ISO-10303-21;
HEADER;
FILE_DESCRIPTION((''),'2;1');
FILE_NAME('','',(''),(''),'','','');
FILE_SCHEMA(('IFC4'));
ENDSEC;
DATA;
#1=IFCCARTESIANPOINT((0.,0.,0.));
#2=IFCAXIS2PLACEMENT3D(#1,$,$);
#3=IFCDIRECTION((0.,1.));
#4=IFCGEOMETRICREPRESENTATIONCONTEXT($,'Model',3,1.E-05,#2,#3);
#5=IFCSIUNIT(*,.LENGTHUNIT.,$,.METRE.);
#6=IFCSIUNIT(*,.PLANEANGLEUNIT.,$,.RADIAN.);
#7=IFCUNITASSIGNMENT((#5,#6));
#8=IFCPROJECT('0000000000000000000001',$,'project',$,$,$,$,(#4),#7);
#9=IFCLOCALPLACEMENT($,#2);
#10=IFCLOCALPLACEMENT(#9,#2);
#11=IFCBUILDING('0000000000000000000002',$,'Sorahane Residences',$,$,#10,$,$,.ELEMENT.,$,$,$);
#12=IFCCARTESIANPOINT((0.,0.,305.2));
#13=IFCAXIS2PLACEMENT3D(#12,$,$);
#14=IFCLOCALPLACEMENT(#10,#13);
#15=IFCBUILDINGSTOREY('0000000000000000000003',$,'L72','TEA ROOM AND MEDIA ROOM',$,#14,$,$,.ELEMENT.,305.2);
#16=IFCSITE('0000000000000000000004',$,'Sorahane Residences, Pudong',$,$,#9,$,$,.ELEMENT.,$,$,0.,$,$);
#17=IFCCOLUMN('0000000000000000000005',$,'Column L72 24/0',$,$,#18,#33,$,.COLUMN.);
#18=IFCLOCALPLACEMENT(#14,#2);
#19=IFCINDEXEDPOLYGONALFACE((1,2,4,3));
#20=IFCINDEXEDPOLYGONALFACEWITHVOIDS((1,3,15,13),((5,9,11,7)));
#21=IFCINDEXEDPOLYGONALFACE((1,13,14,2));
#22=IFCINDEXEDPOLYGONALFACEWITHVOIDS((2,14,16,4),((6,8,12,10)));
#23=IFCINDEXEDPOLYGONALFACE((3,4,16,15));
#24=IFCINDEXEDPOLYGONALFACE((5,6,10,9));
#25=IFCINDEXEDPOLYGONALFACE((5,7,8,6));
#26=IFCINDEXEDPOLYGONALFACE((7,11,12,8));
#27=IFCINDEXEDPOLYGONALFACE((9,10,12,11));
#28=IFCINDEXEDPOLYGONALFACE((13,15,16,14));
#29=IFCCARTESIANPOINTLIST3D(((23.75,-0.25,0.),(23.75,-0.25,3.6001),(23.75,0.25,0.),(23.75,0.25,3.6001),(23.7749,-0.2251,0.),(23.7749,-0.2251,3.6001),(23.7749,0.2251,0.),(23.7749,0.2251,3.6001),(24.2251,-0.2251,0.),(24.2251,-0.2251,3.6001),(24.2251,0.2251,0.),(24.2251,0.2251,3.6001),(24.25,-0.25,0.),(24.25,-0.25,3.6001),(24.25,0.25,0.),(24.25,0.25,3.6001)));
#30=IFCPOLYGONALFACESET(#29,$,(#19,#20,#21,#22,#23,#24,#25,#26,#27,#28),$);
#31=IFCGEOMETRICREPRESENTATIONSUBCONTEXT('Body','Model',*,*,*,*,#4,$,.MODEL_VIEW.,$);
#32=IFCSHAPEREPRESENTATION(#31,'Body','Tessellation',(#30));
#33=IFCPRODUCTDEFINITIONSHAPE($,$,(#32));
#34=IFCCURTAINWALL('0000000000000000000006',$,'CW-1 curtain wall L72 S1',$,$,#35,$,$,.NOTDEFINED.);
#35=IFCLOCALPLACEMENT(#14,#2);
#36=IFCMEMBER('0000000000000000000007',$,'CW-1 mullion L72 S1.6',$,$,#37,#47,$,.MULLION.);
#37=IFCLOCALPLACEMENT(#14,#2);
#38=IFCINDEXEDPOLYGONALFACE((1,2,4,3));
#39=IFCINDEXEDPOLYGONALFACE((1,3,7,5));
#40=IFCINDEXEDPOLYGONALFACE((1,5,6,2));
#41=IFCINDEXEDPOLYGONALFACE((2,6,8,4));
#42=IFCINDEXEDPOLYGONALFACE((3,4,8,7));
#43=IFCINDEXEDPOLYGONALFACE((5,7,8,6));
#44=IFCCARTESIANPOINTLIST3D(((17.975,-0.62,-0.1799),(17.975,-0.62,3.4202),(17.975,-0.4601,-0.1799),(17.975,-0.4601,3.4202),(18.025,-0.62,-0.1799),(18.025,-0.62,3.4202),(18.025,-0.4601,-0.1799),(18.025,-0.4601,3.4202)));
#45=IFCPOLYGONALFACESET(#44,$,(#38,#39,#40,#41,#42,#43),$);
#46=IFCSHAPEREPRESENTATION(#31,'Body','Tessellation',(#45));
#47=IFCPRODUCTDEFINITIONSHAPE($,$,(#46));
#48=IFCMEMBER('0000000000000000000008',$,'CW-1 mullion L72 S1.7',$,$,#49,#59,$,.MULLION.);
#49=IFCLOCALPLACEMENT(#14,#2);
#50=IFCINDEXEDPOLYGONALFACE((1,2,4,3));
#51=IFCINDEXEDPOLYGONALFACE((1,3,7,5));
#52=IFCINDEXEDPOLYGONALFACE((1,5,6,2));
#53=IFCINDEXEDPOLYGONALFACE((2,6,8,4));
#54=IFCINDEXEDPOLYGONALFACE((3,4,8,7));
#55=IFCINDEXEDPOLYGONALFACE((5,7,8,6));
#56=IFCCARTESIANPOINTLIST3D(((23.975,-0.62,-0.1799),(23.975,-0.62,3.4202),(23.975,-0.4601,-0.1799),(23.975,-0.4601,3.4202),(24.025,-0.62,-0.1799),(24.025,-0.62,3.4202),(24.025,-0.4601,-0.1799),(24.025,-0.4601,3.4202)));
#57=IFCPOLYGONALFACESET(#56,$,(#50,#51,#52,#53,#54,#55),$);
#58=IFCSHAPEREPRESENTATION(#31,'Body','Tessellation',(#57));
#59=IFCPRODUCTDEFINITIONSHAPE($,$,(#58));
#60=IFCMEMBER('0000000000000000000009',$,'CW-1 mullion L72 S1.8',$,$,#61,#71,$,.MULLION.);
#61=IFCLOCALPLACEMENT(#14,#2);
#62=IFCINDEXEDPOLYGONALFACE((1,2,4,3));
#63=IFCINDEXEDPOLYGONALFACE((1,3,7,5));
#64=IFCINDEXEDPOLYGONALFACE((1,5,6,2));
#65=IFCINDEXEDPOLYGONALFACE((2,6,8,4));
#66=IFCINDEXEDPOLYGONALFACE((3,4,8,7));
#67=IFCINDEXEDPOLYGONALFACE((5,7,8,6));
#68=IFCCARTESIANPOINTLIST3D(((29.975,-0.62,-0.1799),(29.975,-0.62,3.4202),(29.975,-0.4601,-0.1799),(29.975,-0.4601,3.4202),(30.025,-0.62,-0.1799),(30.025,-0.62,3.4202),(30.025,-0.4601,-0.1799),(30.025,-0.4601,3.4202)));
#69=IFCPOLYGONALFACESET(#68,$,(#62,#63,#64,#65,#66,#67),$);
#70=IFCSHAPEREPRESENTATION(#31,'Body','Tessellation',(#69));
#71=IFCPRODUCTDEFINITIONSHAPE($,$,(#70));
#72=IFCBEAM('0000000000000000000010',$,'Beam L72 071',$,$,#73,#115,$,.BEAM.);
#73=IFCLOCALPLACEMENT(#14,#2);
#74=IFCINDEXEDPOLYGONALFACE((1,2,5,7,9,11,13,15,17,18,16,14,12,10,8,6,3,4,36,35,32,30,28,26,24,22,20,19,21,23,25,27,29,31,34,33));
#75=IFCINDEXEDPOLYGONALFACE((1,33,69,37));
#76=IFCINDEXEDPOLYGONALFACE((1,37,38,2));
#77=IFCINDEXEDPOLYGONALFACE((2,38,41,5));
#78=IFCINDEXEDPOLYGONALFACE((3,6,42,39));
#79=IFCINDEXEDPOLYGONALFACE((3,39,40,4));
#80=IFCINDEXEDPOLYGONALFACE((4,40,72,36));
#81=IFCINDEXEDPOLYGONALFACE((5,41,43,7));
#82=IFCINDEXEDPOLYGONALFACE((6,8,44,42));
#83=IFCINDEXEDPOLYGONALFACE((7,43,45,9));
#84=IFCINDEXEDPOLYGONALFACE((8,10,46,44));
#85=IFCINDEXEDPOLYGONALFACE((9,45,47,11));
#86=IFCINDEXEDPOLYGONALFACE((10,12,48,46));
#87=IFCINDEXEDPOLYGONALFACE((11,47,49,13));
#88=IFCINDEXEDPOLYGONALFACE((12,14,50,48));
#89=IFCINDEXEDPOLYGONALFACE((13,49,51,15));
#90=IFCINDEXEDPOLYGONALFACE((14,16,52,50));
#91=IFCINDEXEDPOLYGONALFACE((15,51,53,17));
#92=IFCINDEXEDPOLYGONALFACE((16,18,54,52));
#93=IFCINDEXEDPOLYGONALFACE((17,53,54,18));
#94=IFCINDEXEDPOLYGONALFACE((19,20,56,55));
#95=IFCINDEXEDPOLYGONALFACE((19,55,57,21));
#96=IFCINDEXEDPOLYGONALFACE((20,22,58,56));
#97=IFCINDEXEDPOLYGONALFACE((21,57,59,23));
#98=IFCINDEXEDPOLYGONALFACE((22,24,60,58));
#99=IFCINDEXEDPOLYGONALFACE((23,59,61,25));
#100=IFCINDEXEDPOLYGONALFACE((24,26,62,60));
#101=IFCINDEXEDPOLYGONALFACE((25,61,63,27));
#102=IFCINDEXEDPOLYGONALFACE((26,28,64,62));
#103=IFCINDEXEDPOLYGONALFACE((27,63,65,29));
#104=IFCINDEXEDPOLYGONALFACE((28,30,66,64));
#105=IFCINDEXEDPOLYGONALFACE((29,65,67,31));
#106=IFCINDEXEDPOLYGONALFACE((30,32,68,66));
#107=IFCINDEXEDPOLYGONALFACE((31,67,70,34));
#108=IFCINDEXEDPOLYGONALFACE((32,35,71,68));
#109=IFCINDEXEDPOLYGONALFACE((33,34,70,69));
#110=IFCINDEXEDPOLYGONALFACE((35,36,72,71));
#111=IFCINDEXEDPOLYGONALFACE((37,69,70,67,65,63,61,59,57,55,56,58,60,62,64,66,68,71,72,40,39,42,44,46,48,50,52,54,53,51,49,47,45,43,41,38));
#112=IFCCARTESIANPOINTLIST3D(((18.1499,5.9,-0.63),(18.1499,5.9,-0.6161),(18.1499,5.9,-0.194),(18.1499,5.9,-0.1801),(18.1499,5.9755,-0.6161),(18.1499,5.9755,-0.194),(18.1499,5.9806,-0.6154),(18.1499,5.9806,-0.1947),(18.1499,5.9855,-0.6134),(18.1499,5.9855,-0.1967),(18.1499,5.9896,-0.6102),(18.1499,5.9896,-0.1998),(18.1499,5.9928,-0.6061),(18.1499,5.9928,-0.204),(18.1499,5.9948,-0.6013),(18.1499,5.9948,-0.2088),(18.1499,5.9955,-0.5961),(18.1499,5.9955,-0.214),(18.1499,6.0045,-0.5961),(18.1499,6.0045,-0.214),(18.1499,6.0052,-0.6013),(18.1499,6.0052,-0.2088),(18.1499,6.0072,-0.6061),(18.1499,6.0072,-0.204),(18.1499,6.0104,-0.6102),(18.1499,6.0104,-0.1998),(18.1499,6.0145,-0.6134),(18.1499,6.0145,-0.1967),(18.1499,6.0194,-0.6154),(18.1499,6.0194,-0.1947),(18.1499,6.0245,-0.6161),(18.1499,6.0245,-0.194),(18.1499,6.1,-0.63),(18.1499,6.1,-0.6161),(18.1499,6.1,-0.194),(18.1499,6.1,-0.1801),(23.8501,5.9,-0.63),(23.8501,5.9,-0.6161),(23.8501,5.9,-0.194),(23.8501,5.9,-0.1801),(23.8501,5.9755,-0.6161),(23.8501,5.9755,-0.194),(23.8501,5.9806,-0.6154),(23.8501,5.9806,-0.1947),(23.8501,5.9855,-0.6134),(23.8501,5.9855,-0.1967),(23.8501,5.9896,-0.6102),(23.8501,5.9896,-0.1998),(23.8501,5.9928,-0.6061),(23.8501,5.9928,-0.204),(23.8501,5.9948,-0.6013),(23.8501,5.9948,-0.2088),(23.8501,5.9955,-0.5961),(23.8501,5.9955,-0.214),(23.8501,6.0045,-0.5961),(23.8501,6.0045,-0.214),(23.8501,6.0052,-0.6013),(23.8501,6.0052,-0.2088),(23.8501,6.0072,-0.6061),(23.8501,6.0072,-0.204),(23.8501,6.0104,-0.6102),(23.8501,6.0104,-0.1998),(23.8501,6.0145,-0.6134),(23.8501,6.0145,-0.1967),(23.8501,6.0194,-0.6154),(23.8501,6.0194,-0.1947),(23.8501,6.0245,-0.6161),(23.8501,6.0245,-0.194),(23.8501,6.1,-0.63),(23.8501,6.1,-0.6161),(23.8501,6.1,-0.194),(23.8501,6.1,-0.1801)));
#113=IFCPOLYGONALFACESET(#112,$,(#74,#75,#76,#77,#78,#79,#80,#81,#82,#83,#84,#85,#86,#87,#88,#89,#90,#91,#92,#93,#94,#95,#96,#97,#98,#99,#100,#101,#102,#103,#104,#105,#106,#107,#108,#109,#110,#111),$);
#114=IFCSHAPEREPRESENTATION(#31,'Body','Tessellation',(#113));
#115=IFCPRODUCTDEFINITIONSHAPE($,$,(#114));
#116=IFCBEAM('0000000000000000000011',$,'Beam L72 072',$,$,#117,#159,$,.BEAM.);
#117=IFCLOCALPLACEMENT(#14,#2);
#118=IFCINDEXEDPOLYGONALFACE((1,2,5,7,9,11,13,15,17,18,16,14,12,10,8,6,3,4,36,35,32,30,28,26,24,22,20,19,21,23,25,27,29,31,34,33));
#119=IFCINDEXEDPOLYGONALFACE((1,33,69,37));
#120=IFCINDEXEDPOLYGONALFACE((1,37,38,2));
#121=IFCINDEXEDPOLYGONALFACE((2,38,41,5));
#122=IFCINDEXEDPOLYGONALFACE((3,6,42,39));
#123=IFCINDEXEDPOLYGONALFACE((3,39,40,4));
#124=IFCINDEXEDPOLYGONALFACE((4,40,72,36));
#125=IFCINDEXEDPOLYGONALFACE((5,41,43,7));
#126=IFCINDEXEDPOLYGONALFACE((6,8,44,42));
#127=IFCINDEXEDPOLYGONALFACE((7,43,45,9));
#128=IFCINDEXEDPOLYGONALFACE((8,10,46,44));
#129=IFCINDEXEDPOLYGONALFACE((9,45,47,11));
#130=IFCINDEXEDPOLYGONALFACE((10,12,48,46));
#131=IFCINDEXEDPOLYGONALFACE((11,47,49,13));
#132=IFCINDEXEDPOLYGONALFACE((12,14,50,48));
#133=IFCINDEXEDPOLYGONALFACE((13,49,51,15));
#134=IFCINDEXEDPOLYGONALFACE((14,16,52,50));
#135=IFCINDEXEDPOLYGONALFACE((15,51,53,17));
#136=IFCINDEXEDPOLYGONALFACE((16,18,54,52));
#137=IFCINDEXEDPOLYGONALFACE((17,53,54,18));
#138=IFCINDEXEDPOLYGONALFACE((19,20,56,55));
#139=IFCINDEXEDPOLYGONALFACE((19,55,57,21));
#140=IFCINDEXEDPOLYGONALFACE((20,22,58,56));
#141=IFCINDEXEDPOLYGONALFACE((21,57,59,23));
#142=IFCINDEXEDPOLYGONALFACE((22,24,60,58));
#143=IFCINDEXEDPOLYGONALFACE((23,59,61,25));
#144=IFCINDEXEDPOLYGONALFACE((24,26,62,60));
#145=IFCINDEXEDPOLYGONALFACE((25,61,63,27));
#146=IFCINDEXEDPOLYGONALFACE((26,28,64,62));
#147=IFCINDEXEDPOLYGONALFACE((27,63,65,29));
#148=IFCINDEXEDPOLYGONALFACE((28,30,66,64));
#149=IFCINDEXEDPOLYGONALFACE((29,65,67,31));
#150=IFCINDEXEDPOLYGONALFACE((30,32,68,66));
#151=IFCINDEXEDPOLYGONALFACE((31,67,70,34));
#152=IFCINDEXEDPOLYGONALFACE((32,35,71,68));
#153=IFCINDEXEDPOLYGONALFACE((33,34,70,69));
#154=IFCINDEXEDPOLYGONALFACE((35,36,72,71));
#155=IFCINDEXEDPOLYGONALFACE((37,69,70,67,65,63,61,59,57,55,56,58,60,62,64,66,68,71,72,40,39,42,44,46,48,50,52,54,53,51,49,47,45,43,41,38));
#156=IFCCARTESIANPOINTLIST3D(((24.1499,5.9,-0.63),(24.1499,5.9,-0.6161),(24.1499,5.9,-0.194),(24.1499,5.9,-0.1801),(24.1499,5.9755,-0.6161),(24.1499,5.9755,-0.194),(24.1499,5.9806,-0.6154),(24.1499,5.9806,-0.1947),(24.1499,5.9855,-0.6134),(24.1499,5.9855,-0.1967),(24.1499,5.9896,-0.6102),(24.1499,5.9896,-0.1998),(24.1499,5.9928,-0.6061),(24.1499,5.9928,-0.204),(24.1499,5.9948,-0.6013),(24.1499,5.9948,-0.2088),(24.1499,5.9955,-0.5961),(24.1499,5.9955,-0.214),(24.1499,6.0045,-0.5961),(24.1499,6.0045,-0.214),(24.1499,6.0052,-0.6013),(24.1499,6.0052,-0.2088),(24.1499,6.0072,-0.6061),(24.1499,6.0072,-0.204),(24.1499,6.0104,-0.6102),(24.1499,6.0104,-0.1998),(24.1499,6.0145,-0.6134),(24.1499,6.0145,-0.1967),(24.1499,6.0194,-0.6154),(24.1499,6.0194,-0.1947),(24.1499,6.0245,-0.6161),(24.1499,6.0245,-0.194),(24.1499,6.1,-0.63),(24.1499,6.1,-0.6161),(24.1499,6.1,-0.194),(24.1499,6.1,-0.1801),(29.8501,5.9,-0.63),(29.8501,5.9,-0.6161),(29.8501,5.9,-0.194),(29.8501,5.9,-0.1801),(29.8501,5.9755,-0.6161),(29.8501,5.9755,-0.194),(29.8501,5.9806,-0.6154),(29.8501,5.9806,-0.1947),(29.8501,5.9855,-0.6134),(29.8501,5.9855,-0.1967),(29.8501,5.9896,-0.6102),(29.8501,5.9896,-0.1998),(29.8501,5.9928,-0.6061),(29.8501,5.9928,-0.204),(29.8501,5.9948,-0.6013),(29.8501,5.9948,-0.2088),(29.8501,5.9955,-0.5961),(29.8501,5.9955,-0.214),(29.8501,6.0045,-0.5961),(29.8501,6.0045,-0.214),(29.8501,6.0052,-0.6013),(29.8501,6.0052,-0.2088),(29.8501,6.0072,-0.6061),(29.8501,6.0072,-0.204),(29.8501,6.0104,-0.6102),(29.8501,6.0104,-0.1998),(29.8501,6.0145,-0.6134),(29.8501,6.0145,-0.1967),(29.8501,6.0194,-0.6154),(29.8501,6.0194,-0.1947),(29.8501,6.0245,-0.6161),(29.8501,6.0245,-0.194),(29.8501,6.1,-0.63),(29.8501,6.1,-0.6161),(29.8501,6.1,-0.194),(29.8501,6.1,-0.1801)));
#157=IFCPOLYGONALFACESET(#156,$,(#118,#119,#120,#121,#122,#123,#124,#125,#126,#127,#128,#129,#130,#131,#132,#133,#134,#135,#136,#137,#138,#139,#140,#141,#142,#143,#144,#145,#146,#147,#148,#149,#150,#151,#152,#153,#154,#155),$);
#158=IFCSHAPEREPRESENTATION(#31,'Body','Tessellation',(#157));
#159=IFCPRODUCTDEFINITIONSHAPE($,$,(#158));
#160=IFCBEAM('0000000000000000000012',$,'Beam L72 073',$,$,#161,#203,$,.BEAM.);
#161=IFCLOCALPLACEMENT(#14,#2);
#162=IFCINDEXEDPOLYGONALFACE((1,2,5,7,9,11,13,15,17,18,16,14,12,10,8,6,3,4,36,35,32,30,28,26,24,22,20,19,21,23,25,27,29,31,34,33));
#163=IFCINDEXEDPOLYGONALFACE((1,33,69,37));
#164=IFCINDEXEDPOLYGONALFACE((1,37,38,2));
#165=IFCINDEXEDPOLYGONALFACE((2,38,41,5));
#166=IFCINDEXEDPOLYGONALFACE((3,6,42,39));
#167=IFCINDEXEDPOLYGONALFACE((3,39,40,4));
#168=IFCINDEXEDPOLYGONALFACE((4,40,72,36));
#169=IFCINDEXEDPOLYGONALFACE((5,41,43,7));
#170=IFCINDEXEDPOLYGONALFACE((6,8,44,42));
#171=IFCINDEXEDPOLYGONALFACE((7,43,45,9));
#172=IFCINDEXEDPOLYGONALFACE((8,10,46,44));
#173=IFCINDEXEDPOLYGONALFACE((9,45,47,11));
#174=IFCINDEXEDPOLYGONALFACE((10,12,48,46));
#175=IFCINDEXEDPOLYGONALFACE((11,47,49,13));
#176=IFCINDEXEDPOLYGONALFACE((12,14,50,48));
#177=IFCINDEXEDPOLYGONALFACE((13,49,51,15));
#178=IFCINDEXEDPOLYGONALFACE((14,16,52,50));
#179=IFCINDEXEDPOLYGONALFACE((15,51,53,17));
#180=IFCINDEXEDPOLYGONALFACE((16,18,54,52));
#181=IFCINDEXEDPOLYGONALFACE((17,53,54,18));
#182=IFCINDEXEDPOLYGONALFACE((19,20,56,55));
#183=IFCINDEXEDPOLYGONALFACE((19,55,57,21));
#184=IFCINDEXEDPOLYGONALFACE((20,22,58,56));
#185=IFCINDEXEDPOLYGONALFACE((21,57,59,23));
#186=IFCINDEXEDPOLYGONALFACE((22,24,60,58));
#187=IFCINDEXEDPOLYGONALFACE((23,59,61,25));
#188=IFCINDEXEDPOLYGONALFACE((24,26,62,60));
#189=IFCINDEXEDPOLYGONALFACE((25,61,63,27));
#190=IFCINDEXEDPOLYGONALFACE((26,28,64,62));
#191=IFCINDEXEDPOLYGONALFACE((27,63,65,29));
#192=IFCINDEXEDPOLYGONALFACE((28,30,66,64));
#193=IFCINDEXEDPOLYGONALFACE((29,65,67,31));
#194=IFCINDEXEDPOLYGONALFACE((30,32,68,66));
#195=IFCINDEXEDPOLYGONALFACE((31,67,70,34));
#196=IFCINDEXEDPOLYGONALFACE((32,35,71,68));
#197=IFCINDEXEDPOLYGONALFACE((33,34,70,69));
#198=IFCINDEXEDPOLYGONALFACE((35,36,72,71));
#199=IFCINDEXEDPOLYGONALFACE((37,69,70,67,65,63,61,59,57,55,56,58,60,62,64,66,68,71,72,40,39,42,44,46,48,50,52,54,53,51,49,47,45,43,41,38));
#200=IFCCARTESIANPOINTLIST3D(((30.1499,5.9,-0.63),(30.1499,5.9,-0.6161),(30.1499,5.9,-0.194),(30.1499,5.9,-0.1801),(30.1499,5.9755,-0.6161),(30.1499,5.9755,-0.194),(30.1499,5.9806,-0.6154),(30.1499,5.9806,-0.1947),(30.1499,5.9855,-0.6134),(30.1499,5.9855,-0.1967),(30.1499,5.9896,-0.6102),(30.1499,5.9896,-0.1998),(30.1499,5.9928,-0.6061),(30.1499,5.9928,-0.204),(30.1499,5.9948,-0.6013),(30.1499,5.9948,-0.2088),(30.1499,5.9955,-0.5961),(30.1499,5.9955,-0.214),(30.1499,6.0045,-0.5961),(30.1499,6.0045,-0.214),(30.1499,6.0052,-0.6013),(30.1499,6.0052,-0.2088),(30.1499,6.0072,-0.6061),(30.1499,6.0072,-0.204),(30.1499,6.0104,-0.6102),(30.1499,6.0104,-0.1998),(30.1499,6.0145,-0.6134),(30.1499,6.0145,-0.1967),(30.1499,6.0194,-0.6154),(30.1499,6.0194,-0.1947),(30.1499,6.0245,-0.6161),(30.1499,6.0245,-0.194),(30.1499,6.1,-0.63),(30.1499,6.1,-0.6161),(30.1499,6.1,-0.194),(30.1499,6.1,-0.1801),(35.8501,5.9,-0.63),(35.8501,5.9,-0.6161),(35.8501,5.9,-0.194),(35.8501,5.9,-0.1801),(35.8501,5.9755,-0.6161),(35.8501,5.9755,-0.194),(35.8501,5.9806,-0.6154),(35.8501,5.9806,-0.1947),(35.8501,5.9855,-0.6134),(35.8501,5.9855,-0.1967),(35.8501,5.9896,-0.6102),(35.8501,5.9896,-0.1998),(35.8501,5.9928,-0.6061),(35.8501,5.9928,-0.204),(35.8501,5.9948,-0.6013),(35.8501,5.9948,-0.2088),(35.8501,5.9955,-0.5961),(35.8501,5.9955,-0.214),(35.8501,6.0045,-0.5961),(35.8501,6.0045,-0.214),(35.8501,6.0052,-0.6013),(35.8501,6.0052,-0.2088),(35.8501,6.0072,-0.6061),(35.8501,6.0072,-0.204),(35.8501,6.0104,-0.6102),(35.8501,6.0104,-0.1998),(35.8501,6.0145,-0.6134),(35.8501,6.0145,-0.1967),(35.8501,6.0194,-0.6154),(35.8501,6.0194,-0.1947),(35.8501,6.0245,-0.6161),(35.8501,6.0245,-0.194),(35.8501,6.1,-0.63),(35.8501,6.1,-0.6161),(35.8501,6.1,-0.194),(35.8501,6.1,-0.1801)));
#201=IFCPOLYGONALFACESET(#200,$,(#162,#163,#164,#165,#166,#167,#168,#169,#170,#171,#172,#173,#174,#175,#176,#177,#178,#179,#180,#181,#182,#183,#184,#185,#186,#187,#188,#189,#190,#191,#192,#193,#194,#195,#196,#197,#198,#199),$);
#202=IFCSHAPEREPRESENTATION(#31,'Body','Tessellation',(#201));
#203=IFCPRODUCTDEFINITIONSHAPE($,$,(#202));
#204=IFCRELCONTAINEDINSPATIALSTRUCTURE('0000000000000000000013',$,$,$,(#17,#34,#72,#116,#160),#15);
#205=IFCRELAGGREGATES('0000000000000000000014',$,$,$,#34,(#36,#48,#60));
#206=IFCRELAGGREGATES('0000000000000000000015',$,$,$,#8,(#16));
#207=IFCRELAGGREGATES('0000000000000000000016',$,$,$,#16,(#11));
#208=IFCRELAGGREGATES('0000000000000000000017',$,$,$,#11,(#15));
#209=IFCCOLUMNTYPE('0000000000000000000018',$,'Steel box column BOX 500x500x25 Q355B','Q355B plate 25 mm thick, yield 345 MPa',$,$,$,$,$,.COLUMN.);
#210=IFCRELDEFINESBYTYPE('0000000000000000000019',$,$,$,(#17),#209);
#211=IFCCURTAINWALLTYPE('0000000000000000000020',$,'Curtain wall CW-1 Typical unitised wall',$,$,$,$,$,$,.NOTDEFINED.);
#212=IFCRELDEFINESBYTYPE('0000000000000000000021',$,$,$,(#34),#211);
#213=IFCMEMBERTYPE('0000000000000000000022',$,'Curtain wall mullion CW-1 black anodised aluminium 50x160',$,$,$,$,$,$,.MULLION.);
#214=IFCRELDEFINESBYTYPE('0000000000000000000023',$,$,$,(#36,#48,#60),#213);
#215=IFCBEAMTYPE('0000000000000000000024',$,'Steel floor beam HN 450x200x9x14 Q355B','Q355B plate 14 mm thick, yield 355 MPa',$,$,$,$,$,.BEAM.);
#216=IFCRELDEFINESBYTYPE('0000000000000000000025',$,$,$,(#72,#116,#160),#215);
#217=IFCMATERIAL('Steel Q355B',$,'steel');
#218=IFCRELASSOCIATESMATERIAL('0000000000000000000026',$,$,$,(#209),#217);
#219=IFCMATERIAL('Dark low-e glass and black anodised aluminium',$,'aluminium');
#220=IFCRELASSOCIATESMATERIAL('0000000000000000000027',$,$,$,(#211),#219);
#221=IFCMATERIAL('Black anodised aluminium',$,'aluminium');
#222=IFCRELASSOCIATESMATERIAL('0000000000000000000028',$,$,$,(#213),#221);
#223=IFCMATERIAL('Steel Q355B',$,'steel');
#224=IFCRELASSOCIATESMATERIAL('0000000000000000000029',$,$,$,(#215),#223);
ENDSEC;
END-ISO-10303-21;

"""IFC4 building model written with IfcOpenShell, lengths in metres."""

from ifc_helpers import new_model, si_unit, direction, frame, origin, origin_2d, place, context, subcontext, project, spatial, rectangle, hollow_rectangle, i_section, extrude, material, material_profile, profile_set, type_object, element, aggregate, save


model = new_model("IFC4")

# Units and contexts
model_context = context("Model", 3, precision=1e-05, world=origin(), true_north=direction((0.0, 1.0)))
body_context = subcontext(model_context, "Body", "Model", "MODEL_VIEW")
ifc_project = project(units=[si_unit("LENGTHUNIT", "METRE"), si_unit("PLANEANGLEUNIT", "RADIAN")], contexts=[model_context])

# Site, building, storey
site_placement = place(None, origin())
site = spatial("IfcSite", under=ifc_project, at=site_placement, Name="Sorahane Residences, Pudong", CompositionType="ELEMENT", RefElevation=0.0)
building_placement = place(site_placement, origin())
building = spatial("IfcBuilding", under=site, at=building_placement, Name="Sorahane Residences", CompositionType="ELEMENT")
storey_placement = place(building_placement, frame((0.0, 0.0, 305.2)))
storey = spatial("IfcBuildingStorey", under=building, at=storey_placement, Name="L72", Description="TEA ROOM AND MEDIA ROOM", CompositionType="ELEMENT", Elevation=305.2)

# Column
ifc_material_1 = material(Name="Steel Q355B", Category="steel")
ifc_material_profile_1 = material_profile(ifc_material_1, hollow_rectangle(XDim=0.5, YDim=0.5, WallThickness=0.0249, at=origin_2d()), Name="BOX 500x500x25")
ifc_profile_set_1 = profile_set([ifc_material_profile_1], Name="Steel Q355B")
column_type = type_object("IfcColumnType", Name="Steel box column BOX 500x500x25 Q355B", Description="Q355B plate 25 mm thick, yield 345 MPa", PredefinedType="COLUMN", material=ifc_profile_set_1)
column_placement = place(storey_placement, frame((24.0, 0.0, 0.0), z_axis=(0.0, 0.0, 1.0), x_axis=(1.0, 0.0, 0.0)))
element("IfcColumn", 1, at=column_placement, inside=storey, type_object=column_type, Name="Column L72 24/0", PredefinedType="COLUMN", context=body_context, shape_type="SweptSolid", body=[
    extrude(hollow_rectangle(XDim=0.5, YDim=0.5, WallThickness=0.0249, at=origin_2d()), origin(), (0.0, 0.0, 1.0), 3.6001),
])

# Curtain wall, members
ifc_material_2 = material(Name="Dark low-e glass and black anodised aluminium", Category="aluminium")
curtain_wall_type = type_object("IfcCurtainWallType", Name="Curtain wall CW-1 Typical unitised wall", PredefinedType="NOTDEFINED", material=ifc_material_2)
curtain_wall_placement = place(storey_placement, origin())
curtain_wall = element("IfcCurtainWall", 2, at=curtain_wall_placement, inside=storey, type_object=curtain_wall_type, Name="CW-1 curtain wall L72 S1", PredefinedType="NOTDEFINED")
ifc_material_3 = material(Name="Black anodised aluminium", Category="aluminium")
ifc_material_profile_2 = material_profile(ifc_material_3, rectangle(XDim=0.1599, YDim=0.05, at=origin_2d()), Name="Curtain wall mullion CW-1 black anodised aluminium 50x160")
ifc_profile_set_2 = profile_set([ifc_material_profile_2], Name="Black anodised aluminium")
member_type = type_object("IfcMemberType", Name="Curtain wall mullion CW-1 black anodised aluminium 50x160", PredefinedType="MULLION", material=ifc_profile_set_2)
member_1_placement = place(storey_placement, frame((18.0, -0.54, -0.1799), z_axis=(0.0, 0.0, 1.0), x_axis=(0.0, -1.0, 0.0)))
member_1 = element("IfcMember", 3, at=member_1_placement, type_object=member_type, Name="CW-1 mullion L72 S1.6", PredefinedType="MULLION", context=body_context, shape_type="SweptSolid", body=[
    extrude(rectangle(XDim=0.1599, YDim=0.05, at=origin_2d()), origin(), (0.0, 0.0, 1.0), 3.6001),
])
member_2_placement = place(storey_placement, frame((24.0, -0.54, -0.1799), z_axis=(0.0, 0.0, 1.0), x_axis=(0.0, -1.0, 0.0)))
member_2 = element("IfcMember", 4, at=member_2_placement, type_object=member_type, Name="CW-1 mullion L72 S1.7", PredefinedType="MULLION", context=body_context, shape_type="SweptSolid", body=[
    extrude(rectangle(XDim=0.1599, YDim=0.05, at=origin_2d()), origin(), (0.0, 0.0, 1.0), 3.6001),
])
member_3_placement = place(storey_placement, frame((30.0, -0.54, -0.1799), z_axis=(0.0, 0.0, 1.0), x_axis=(0.0, -1.0, 0.0)))
member_3 = element("IfcMember", 5, at=member_3_placement, type_object=member_type, Name="CW-1 mullion L72 S1.8", PredefinedType="MULLION", context=body_context, shape_type="SweptSolid", body=[
    extrude(rectangle(XDim=0.1599, YDim=0.05, at=origin_2d()), origin(), (0.0, 0.0, 1.0), 3.6001),
])

# Beams
ifc_material_4 = material(Name="Steel Q355B", Category="steel")
ifc_material_profile_3 = material_profile(ifc_material_4, i_section(OverallWidth=0.2, OverallDepth=0.45, WebThickness=0.009, FlangeThickness=0.0139, FilletRadius=0.02, at=origin_2d()), Name="HN 450x200x9x14")
ifc_profile_set_3 = profile_set([ifc_material_profile_3], Name="Steel Q355B")
beam_type_1 = type_object("IfcBeamType", Name="Steel floor beam HN 450x200x9x14 Q355B", Description="Q355B plate 14 mm thick, yield 355 MPa", PredefinedType="BEAM", material=ifc_profile_set_3)
for number, where, z_axis, x_axis, name in (
    (6, (18.1499, 6.0, -0.405), (1.0, 0.0, 0.0), (0.0, 1.0, 0.0), "Beam L72 071"),
    (7, (24.1499, 6.0, -0.405), (1.0, 0.0, 0.0), (0.0, 1.0, 0.0), "Beam L72 072"),
    (8, (30.1499, 6.0, -0.405), (1.0, 0.0, 0.0), (0.0, 1.0, 0.0), "Beam L72 073"),
):
    element("IfcBeam", number, at=place(storey_placement, frame(where, z_axis=z_axis, x_axis=x_axis)), inside=storey, type_object=beam_type_1, Name=name, PredefinedType="BEAM", context=body_context, shape_type="SweptSolid", body=[
        extrude(i_section(OverallWidth=0.2, OverallDepth=0.45, WebThickness=0.009, FlangeThickness=0.0139, FilletRadius=0.02, at=origin_2d()), origin(), (0.0, 0.0, 1.0), 5.7002),
    ])

aggregate(curtain_wall, [member_1, member_2, member_3])

save(model, "model.ifc")
